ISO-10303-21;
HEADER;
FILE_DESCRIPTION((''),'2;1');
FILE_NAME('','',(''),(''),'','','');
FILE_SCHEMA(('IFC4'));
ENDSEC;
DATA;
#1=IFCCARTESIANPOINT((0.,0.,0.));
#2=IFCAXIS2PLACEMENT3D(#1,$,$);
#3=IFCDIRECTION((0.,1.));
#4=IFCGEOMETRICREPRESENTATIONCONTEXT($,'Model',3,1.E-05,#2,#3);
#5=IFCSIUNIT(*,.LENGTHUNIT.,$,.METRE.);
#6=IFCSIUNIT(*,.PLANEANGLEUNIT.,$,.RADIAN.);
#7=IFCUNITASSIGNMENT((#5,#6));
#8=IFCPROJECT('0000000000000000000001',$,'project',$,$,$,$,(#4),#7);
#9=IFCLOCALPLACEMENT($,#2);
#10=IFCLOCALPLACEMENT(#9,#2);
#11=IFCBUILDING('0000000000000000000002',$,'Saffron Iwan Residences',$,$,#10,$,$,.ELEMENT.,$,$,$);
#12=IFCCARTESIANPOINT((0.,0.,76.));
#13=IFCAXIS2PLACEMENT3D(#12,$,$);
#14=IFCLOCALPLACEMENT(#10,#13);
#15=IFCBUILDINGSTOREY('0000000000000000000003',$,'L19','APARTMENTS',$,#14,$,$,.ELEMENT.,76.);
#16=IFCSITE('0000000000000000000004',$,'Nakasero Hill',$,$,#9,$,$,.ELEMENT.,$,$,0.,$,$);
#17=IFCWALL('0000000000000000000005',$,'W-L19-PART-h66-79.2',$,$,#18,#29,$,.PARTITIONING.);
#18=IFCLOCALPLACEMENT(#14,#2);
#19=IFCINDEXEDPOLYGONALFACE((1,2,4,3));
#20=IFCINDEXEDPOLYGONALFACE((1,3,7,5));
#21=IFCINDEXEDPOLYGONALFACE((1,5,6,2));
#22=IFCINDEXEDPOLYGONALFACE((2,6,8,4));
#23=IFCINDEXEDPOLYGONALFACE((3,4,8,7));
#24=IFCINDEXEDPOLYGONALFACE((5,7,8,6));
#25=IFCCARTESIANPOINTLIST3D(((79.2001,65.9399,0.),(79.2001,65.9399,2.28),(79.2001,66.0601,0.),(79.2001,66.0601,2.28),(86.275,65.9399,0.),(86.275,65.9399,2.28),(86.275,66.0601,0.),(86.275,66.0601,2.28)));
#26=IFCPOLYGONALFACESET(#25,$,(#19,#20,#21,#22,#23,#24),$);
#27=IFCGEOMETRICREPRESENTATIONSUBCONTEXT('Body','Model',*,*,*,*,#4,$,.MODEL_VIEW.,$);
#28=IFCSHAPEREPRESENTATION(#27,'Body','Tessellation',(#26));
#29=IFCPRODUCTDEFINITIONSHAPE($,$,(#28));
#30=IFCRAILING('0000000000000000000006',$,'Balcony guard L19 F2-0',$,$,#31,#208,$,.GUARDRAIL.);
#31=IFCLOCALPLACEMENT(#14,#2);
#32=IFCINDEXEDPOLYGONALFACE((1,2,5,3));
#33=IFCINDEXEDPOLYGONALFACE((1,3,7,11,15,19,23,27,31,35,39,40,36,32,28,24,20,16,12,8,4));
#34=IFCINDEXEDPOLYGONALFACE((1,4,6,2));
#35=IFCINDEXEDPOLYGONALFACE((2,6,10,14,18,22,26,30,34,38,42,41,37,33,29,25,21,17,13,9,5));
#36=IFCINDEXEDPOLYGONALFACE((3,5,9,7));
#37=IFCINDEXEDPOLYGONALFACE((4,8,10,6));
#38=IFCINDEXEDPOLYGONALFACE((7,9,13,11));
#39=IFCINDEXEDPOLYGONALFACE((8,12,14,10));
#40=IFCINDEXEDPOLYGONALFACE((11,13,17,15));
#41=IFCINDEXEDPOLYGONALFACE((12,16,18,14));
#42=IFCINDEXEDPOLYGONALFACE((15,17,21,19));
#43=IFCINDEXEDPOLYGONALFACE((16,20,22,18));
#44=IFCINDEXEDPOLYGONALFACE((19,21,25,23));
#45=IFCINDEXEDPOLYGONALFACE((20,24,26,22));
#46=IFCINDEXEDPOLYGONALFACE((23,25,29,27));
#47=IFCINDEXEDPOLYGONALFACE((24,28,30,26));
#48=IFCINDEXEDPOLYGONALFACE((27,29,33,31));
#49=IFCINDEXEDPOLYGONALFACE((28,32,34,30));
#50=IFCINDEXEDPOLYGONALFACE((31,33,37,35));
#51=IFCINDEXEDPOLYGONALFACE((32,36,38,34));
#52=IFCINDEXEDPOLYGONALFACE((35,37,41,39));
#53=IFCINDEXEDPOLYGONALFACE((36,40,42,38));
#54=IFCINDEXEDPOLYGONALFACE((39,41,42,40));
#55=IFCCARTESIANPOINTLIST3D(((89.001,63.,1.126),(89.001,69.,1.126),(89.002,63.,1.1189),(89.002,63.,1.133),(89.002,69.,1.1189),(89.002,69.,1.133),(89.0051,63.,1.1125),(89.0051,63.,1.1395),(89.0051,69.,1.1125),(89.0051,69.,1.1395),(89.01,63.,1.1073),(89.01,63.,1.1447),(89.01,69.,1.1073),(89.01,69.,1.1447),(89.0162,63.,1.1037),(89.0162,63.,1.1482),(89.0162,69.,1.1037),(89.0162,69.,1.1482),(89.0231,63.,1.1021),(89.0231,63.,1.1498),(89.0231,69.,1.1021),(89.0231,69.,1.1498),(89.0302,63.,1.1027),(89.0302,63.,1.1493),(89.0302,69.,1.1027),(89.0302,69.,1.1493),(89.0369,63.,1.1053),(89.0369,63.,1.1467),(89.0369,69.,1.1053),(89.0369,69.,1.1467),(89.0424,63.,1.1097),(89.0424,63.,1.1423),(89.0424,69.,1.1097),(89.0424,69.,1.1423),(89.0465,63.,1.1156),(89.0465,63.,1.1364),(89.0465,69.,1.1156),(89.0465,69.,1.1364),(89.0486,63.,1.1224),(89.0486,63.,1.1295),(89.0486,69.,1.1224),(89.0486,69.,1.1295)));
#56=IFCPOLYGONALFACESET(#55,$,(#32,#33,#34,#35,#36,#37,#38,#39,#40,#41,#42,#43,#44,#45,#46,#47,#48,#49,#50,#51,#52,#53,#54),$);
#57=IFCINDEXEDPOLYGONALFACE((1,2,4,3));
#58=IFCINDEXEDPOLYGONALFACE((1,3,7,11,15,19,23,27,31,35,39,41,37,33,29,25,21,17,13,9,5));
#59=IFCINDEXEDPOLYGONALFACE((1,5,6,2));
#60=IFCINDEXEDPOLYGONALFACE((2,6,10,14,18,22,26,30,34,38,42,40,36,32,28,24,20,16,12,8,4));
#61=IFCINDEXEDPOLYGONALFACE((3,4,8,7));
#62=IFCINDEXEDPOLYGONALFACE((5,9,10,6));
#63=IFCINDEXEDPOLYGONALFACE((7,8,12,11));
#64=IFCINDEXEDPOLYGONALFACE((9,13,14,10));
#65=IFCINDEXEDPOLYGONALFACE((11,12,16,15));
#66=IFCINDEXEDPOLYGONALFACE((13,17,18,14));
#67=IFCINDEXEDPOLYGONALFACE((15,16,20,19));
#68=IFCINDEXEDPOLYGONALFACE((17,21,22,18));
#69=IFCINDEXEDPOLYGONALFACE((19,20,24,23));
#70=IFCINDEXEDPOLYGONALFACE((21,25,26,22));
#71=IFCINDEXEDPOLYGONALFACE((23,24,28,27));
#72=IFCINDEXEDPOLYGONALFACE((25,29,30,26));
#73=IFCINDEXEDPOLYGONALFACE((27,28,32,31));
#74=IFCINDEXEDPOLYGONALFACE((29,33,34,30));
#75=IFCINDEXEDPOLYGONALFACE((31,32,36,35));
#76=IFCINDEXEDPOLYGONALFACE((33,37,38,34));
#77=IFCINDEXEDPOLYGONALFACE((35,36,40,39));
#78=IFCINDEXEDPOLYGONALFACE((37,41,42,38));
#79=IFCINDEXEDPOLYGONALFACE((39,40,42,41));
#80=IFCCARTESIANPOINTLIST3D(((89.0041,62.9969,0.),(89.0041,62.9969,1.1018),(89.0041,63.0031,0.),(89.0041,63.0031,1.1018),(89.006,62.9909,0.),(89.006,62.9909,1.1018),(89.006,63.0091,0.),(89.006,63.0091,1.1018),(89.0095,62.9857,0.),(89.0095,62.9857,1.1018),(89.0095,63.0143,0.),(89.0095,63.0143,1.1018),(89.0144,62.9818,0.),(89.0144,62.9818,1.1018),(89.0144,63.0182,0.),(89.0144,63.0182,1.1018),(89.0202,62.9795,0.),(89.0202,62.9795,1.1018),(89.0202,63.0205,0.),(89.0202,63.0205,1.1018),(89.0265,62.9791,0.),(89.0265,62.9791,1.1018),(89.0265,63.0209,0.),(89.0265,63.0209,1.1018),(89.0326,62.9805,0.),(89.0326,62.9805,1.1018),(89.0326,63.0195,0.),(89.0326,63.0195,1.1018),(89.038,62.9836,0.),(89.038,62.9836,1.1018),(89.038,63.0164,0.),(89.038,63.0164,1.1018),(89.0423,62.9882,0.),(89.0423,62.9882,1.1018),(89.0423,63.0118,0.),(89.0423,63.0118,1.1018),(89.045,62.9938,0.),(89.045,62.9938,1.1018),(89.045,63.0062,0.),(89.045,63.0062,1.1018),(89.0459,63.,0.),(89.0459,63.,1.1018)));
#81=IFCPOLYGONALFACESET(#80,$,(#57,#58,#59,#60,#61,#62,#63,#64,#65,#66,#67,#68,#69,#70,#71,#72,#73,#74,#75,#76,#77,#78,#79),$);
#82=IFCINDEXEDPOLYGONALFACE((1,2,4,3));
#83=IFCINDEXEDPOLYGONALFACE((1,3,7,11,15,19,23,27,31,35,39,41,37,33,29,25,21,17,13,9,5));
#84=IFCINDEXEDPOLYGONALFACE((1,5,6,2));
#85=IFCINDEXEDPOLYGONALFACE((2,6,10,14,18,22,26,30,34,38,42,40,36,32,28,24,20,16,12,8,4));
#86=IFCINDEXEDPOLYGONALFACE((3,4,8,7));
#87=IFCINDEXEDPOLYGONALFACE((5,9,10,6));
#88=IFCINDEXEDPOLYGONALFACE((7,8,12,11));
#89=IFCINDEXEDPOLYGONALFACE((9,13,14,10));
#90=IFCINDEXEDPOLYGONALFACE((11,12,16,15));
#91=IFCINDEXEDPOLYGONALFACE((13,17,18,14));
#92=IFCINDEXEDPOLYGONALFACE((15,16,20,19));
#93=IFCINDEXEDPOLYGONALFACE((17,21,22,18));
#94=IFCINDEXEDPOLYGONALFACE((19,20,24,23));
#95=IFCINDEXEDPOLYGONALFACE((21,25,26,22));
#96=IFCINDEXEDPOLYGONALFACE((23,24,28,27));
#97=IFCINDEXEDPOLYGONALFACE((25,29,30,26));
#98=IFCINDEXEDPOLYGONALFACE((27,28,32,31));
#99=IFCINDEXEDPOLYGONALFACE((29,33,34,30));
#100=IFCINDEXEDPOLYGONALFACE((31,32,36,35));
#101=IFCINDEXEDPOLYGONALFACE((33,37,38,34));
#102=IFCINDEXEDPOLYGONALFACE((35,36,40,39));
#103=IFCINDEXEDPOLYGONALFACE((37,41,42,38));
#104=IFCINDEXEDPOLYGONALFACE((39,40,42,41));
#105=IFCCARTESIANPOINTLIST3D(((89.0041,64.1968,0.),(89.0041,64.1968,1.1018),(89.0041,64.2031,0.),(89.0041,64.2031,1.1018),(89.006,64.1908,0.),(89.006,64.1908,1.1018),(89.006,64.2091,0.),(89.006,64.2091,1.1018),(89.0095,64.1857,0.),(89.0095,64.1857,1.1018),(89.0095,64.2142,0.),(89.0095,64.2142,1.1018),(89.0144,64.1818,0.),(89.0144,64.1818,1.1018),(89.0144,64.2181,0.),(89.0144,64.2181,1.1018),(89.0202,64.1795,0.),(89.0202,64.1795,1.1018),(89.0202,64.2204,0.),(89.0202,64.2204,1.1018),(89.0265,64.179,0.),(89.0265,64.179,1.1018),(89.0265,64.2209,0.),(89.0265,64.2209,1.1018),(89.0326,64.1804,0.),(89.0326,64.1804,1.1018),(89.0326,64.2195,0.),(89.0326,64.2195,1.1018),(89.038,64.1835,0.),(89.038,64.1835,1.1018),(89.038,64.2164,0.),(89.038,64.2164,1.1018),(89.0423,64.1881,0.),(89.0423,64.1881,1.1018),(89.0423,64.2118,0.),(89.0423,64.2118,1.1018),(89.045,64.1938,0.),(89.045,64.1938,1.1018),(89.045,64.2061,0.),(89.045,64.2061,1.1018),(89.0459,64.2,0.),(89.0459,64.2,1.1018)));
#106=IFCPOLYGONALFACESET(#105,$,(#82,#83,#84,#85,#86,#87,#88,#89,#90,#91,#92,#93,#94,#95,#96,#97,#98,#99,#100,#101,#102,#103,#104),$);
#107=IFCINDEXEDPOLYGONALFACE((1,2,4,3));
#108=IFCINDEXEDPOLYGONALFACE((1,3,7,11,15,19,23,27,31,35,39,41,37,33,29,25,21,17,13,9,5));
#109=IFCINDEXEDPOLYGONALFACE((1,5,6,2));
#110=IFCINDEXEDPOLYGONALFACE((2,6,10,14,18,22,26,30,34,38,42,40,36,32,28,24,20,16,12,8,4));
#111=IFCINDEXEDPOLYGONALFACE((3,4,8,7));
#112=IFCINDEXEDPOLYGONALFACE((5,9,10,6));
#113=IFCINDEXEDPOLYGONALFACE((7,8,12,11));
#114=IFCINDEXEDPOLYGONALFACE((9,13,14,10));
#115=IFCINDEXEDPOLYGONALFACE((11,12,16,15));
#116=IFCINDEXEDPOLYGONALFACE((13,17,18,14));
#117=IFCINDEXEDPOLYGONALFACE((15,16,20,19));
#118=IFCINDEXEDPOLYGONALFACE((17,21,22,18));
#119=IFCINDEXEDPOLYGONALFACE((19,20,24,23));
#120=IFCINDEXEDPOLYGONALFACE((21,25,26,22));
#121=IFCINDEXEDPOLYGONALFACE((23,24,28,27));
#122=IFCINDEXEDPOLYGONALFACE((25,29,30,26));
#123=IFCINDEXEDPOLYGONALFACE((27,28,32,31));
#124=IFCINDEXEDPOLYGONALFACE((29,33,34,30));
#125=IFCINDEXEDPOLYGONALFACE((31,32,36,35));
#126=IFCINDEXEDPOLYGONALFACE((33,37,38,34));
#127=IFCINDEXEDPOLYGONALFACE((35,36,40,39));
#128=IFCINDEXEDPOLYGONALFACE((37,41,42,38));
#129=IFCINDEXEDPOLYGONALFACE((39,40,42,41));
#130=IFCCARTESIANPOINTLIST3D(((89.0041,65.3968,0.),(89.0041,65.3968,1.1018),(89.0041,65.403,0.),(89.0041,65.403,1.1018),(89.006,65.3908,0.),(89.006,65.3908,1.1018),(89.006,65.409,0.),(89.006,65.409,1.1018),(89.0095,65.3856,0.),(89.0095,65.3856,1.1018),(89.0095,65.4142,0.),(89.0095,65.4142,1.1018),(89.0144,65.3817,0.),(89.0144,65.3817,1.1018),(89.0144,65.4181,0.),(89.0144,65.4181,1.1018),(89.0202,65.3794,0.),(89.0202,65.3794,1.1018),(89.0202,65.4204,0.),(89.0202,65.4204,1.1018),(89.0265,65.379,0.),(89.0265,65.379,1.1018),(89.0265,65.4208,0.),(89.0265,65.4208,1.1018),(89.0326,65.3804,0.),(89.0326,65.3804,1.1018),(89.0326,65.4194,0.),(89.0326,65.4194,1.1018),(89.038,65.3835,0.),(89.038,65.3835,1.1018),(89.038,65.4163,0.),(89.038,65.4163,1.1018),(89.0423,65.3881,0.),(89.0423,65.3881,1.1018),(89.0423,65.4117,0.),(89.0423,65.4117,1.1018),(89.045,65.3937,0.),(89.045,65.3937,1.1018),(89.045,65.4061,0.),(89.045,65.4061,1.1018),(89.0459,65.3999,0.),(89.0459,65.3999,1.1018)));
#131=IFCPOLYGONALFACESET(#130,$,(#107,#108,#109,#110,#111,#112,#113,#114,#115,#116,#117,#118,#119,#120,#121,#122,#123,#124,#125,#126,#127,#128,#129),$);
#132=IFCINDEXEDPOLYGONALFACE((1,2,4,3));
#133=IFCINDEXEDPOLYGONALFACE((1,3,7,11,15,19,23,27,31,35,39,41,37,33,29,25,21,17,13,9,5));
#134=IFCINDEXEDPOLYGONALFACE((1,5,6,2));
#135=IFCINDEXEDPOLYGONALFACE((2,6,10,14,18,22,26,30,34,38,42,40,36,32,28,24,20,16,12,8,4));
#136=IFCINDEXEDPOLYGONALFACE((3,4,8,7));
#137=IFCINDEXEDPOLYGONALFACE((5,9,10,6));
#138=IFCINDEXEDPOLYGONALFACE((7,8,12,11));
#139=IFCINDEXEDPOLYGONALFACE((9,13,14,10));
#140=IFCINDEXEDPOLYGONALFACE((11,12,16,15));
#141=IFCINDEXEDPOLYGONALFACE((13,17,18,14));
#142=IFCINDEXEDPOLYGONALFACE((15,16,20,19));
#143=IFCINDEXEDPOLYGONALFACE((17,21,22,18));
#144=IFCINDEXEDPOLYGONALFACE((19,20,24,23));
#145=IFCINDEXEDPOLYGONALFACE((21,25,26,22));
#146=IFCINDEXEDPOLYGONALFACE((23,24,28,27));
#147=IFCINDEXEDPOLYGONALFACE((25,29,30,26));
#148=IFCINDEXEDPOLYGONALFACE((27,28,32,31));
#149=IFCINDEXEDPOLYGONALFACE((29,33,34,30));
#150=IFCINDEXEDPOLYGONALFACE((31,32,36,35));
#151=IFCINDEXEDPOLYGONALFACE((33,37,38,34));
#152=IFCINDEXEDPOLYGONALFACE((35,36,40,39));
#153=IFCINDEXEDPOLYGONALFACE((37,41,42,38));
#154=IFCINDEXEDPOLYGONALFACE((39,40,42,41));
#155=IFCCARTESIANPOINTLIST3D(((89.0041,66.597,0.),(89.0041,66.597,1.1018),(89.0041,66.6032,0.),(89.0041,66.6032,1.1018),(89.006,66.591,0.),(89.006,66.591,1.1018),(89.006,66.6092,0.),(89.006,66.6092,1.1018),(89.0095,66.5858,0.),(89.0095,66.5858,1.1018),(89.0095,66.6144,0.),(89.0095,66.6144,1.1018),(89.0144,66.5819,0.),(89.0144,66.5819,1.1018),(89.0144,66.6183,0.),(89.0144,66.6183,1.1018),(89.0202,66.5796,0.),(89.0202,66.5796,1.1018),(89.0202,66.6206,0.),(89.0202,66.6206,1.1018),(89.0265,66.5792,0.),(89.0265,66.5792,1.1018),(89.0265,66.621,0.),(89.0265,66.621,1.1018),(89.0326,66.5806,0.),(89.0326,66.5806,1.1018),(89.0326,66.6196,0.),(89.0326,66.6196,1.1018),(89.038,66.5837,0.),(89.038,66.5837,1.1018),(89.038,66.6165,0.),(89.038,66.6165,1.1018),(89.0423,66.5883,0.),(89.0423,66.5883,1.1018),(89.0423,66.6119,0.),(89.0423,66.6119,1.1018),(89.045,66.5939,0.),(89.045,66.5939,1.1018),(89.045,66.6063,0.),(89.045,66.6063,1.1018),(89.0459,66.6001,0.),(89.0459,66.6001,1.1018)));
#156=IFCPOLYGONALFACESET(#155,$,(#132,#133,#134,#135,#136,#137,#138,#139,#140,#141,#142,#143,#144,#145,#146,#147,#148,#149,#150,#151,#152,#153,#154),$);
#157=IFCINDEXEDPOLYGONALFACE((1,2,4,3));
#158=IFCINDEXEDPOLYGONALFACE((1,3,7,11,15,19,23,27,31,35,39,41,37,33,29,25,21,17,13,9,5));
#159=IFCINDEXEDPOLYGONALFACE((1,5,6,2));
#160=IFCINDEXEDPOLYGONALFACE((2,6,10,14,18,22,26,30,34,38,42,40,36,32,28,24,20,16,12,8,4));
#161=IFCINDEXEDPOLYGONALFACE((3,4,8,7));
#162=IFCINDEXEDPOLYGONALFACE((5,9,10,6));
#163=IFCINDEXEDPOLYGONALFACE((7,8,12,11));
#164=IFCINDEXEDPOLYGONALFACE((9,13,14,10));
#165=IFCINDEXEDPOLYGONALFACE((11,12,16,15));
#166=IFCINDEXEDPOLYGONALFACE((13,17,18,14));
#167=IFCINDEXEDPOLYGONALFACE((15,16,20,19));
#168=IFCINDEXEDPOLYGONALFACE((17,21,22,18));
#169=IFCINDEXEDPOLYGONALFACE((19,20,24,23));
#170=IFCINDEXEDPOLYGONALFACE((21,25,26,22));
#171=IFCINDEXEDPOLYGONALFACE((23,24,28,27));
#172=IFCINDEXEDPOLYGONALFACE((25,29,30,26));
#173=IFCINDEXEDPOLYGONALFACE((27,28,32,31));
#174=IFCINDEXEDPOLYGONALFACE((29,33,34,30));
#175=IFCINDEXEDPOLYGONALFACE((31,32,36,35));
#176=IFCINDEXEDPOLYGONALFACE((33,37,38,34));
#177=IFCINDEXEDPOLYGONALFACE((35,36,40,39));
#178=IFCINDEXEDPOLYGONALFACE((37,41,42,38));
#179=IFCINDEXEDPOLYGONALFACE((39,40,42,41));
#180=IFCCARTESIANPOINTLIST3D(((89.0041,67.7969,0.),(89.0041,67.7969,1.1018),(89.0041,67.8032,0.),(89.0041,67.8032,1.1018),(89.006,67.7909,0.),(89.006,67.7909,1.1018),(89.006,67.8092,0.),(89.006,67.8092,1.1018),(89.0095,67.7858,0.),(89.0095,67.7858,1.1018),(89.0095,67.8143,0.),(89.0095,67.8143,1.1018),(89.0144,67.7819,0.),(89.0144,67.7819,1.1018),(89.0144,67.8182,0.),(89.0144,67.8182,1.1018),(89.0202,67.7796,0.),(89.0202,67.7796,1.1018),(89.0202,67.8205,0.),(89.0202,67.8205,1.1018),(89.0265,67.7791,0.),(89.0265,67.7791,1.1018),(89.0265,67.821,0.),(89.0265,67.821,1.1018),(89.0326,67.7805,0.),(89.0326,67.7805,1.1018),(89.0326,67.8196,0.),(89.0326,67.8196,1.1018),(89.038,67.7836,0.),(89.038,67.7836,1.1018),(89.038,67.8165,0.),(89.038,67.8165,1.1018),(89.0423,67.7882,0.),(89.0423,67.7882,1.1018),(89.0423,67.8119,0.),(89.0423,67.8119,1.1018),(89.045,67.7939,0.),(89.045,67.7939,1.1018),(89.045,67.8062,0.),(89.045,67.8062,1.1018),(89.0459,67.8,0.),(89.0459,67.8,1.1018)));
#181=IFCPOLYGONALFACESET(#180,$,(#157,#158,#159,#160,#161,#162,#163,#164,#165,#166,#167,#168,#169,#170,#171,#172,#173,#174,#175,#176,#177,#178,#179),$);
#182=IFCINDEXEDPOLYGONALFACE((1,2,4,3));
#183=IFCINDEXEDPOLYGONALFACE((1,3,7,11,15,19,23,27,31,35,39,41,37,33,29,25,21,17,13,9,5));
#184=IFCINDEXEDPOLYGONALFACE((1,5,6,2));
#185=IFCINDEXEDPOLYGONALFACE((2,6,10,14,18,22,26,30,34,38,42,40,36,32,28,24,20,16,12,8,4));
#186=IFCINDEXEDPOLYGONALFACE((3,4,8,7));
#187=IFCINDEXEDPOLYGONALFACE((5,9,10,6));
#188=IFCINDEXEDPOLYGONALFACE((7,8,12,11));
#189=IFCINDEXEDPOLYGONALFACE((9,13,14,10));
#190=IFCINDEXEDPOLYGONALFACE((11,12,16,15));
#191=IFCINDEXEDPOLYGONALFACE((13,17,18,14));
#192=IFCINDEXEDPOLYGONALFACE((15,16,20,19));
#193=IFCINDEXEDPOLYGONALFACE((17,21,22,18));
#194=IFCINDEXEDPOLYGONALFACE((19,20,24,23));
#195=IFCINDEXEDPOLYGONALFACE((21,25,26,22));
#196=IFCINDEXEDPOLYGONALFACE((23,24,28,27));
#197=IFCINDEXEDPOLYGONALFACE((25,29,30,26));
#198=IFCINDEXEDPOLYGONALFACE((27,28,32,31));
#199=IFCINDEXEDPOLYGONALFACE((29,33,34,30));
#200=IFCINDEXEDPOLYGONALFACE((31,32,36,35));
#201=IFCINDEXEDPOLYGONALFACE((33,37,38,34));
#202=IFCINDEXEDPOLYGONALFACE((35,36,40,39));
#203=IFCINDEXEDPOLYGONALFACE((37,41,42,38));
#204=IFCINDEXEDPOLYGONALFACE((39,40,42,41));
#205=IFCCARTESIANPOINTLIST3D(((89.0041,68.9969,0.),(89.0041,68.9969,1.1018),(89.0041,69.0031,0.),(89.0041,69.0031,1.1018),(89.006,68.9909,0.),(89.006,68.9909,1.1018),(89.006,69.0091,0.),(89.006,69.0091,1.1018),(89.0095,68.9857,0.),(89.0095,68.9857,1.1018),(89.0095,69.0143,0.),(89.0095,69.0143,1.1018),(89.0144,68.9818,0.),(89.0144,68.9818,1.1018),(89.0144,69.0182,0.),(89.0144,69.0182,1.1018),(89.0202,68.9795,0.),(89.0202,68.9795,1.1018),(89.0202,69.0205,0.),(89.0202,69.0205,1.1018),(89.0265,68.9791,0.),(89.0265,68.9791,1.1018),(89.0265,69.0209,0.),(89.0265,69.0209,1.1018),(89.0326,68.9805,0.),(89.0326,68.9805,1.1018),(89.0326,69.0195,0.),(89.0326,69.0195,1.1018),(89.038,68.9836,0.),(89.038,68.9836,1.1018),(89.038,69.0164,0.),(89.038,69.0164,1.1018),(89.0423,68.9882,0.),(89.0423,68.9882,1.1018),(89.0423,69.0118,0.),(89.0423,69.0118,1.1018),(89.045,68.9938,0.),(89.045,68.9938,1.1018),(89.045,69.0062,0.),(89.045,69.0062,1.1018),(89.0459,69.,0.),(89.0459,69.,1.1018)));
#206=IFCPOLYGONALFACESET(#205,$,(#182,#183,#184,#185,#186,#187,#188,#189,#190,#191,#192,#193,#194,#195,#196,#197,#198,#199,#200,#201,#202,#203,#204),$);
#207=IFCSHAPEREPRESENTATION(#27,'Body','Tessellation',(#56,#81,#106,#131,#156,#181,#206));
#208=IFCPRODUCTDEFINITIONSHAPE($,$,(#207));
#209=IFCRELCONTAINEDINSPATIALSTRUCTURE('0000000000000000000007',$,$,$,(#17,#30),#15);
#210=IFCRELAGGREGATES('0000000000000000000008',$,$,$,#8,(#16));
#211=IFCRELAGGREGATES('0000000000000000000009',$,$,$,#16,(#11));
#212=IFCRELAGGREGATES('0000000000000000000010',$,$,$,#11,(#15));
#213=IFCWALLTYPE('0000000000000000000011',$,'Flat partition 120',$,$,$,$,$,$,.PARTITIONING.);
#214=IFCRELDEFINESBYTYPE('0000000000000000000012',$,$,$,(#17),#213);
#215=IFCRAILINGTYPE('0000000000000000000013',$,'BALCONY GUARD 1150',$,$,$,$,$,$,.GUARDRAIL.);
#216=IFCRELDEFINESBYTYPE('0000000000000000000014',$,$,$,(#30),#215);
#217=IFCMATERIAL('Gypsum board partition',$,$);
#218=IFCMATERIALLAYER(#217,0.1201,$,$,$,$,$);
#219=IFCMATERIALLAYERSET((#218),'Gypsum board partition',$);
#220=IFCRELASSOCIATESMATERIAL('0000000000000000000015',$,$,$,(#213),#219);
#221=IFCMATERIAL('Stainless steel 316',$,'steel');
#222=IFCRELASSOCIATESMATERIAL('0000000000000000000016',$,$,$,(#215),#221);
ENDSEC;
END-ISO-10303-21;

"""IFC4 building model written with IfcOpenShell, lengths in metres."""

from ifc_helpers import new_model, si_unit, direction, frame, frame_2d, origin, origin_2d, place, context, subcontext, project, spatial, rectangle, circle, extrude, material, layer, layer_set, type_object, element, save


model = new_model("IFC4")

# Units and contexts
model_context = context("Model", 3, precision=1e-05, world=origin(), true_north=direction((0.0, 1.0)))
body_context = subcontext(model_context, "Body", "Model", "MODEL_VIEW")
ifc_project = project(units=[si_unit("LENGTHUNIT", "METRE"), si_unit("PLANEANGLEUNIT", "RADIAN")], contexts=[model_context])

# Site, building, storey
site_placement = place(None, origin())
site = spatial("IfcSite", under=ifc_project, at=site_placement, Name="Nakasero Hill", CompositionType="ELEMENT", RefElevation=0.0)
building_placement = place(site_placement, origin())
building = spatial("IfcBuilding", under=site, at=building_placement, Name="Saffron Iwan Residences", CompositionType="ELEMENT")
storey_placement = place(building_placement, frame((0.0, 0.0, 76.0)))
storey = spatial("IfcBuildingStorey", under=building, at=storey_placement, Name="L19", Description="APARTMENTS", CompositionType="ELEMENT", Elevation=76.0)

# Wall
ifc_material_1 = material(Name="Gypsum board partition")
ifc_layer_1 = layer(ifc_material_1, 0.1201)
ifc_layer_set_1 = layer_set([ifc_layer_1], Name="Gypsum board partition")
wall_type_1 = type_object("IfcWallType", Name="Flat partition 120", PredefinedType="PARTITIONING", material=ifc_layer_set_1)
wall_1_placement = place(storey_placement, frame((79.2, 66.0, 0.0), z_axis=(0.0, 0.0, 1.0), x_axis=(1.0, 0.0, 0.0)))
element("IfcWall", 1, at=wall_1_placement, inside=storey, type_object=wall_type_1, Name="W-L19-PART-h66-79.2", PredefinedType="PARTITIONING", context=body_context, shape_type="SweptSolid", body=[
    extrude(rectangle(XDim=7.075, YDim=0.1201, at=frame_2d((3.5376, 0.0))), origin(), (0.0, 0.0, 1.0), 2.28),
])

# Railing
ifc_material_2 = material(Name="Stainless steel 316", Category="steel")
railing_type = type_object("IfcRailingType", Name="BALCONY GUARD 1150", PredefinedType="GUARDRAIL", material=ifc_material_2)
railing_placement = place(storey_placement, frame((89.0249, 63.0, 0.0)))
element("IfcRailing", 2, at=railing_placement, inside=storey, type_object=railing_type, Name="Balcony guard L19 F2-0", PredefinedType="GUARDRAIL", context=body_context, shape_type="SweptSolid", body=[
    extrude(circle(Radius=0.0239, at=origin_2d()), frame((0.0, 0.0, 1.126), z_axis=(0.0, 1.0, 0.0), x_axis=(-1.0, 0.0, 0.0)), (0.0, 0.0, 1.0), 6.0),
    extrude(circle(Radius=0.021, at=origin_2d()), origin(), (0.0, 0.0, 1.0), 1.1018),
    extrude(circle(Radius=0.021, at=origin_2d()), frame((0.0, 1.2, 0.0)), (0.0, 0.0, 1.0), 1.1018),
    extrude(circle(Radius=0.021, at=origin_2d()), frame((0.0, 2.3999, 0.0)), (0.0, 0.0, 1.0), 1.1018),
    extrude(circle(Radius=0.021, at=origin_2d()), frame((0.0, 3.6001, 0.0)), (0.0, 0.0, 1.0), 1.1018),
    extrude(circle(Radius=0.021, at=origin_2d()), frame((0.0, 4.8, 0.0)), (0.0, 0.0, 1.0), 1.1018),
    extrude(circle(Radius=0.021, at=origin_2d()), frame((0.0, 6.0, 0.0)), (0.0, 0.0, 1.0), 1.1018),
])

save(model, "model.ifc")
